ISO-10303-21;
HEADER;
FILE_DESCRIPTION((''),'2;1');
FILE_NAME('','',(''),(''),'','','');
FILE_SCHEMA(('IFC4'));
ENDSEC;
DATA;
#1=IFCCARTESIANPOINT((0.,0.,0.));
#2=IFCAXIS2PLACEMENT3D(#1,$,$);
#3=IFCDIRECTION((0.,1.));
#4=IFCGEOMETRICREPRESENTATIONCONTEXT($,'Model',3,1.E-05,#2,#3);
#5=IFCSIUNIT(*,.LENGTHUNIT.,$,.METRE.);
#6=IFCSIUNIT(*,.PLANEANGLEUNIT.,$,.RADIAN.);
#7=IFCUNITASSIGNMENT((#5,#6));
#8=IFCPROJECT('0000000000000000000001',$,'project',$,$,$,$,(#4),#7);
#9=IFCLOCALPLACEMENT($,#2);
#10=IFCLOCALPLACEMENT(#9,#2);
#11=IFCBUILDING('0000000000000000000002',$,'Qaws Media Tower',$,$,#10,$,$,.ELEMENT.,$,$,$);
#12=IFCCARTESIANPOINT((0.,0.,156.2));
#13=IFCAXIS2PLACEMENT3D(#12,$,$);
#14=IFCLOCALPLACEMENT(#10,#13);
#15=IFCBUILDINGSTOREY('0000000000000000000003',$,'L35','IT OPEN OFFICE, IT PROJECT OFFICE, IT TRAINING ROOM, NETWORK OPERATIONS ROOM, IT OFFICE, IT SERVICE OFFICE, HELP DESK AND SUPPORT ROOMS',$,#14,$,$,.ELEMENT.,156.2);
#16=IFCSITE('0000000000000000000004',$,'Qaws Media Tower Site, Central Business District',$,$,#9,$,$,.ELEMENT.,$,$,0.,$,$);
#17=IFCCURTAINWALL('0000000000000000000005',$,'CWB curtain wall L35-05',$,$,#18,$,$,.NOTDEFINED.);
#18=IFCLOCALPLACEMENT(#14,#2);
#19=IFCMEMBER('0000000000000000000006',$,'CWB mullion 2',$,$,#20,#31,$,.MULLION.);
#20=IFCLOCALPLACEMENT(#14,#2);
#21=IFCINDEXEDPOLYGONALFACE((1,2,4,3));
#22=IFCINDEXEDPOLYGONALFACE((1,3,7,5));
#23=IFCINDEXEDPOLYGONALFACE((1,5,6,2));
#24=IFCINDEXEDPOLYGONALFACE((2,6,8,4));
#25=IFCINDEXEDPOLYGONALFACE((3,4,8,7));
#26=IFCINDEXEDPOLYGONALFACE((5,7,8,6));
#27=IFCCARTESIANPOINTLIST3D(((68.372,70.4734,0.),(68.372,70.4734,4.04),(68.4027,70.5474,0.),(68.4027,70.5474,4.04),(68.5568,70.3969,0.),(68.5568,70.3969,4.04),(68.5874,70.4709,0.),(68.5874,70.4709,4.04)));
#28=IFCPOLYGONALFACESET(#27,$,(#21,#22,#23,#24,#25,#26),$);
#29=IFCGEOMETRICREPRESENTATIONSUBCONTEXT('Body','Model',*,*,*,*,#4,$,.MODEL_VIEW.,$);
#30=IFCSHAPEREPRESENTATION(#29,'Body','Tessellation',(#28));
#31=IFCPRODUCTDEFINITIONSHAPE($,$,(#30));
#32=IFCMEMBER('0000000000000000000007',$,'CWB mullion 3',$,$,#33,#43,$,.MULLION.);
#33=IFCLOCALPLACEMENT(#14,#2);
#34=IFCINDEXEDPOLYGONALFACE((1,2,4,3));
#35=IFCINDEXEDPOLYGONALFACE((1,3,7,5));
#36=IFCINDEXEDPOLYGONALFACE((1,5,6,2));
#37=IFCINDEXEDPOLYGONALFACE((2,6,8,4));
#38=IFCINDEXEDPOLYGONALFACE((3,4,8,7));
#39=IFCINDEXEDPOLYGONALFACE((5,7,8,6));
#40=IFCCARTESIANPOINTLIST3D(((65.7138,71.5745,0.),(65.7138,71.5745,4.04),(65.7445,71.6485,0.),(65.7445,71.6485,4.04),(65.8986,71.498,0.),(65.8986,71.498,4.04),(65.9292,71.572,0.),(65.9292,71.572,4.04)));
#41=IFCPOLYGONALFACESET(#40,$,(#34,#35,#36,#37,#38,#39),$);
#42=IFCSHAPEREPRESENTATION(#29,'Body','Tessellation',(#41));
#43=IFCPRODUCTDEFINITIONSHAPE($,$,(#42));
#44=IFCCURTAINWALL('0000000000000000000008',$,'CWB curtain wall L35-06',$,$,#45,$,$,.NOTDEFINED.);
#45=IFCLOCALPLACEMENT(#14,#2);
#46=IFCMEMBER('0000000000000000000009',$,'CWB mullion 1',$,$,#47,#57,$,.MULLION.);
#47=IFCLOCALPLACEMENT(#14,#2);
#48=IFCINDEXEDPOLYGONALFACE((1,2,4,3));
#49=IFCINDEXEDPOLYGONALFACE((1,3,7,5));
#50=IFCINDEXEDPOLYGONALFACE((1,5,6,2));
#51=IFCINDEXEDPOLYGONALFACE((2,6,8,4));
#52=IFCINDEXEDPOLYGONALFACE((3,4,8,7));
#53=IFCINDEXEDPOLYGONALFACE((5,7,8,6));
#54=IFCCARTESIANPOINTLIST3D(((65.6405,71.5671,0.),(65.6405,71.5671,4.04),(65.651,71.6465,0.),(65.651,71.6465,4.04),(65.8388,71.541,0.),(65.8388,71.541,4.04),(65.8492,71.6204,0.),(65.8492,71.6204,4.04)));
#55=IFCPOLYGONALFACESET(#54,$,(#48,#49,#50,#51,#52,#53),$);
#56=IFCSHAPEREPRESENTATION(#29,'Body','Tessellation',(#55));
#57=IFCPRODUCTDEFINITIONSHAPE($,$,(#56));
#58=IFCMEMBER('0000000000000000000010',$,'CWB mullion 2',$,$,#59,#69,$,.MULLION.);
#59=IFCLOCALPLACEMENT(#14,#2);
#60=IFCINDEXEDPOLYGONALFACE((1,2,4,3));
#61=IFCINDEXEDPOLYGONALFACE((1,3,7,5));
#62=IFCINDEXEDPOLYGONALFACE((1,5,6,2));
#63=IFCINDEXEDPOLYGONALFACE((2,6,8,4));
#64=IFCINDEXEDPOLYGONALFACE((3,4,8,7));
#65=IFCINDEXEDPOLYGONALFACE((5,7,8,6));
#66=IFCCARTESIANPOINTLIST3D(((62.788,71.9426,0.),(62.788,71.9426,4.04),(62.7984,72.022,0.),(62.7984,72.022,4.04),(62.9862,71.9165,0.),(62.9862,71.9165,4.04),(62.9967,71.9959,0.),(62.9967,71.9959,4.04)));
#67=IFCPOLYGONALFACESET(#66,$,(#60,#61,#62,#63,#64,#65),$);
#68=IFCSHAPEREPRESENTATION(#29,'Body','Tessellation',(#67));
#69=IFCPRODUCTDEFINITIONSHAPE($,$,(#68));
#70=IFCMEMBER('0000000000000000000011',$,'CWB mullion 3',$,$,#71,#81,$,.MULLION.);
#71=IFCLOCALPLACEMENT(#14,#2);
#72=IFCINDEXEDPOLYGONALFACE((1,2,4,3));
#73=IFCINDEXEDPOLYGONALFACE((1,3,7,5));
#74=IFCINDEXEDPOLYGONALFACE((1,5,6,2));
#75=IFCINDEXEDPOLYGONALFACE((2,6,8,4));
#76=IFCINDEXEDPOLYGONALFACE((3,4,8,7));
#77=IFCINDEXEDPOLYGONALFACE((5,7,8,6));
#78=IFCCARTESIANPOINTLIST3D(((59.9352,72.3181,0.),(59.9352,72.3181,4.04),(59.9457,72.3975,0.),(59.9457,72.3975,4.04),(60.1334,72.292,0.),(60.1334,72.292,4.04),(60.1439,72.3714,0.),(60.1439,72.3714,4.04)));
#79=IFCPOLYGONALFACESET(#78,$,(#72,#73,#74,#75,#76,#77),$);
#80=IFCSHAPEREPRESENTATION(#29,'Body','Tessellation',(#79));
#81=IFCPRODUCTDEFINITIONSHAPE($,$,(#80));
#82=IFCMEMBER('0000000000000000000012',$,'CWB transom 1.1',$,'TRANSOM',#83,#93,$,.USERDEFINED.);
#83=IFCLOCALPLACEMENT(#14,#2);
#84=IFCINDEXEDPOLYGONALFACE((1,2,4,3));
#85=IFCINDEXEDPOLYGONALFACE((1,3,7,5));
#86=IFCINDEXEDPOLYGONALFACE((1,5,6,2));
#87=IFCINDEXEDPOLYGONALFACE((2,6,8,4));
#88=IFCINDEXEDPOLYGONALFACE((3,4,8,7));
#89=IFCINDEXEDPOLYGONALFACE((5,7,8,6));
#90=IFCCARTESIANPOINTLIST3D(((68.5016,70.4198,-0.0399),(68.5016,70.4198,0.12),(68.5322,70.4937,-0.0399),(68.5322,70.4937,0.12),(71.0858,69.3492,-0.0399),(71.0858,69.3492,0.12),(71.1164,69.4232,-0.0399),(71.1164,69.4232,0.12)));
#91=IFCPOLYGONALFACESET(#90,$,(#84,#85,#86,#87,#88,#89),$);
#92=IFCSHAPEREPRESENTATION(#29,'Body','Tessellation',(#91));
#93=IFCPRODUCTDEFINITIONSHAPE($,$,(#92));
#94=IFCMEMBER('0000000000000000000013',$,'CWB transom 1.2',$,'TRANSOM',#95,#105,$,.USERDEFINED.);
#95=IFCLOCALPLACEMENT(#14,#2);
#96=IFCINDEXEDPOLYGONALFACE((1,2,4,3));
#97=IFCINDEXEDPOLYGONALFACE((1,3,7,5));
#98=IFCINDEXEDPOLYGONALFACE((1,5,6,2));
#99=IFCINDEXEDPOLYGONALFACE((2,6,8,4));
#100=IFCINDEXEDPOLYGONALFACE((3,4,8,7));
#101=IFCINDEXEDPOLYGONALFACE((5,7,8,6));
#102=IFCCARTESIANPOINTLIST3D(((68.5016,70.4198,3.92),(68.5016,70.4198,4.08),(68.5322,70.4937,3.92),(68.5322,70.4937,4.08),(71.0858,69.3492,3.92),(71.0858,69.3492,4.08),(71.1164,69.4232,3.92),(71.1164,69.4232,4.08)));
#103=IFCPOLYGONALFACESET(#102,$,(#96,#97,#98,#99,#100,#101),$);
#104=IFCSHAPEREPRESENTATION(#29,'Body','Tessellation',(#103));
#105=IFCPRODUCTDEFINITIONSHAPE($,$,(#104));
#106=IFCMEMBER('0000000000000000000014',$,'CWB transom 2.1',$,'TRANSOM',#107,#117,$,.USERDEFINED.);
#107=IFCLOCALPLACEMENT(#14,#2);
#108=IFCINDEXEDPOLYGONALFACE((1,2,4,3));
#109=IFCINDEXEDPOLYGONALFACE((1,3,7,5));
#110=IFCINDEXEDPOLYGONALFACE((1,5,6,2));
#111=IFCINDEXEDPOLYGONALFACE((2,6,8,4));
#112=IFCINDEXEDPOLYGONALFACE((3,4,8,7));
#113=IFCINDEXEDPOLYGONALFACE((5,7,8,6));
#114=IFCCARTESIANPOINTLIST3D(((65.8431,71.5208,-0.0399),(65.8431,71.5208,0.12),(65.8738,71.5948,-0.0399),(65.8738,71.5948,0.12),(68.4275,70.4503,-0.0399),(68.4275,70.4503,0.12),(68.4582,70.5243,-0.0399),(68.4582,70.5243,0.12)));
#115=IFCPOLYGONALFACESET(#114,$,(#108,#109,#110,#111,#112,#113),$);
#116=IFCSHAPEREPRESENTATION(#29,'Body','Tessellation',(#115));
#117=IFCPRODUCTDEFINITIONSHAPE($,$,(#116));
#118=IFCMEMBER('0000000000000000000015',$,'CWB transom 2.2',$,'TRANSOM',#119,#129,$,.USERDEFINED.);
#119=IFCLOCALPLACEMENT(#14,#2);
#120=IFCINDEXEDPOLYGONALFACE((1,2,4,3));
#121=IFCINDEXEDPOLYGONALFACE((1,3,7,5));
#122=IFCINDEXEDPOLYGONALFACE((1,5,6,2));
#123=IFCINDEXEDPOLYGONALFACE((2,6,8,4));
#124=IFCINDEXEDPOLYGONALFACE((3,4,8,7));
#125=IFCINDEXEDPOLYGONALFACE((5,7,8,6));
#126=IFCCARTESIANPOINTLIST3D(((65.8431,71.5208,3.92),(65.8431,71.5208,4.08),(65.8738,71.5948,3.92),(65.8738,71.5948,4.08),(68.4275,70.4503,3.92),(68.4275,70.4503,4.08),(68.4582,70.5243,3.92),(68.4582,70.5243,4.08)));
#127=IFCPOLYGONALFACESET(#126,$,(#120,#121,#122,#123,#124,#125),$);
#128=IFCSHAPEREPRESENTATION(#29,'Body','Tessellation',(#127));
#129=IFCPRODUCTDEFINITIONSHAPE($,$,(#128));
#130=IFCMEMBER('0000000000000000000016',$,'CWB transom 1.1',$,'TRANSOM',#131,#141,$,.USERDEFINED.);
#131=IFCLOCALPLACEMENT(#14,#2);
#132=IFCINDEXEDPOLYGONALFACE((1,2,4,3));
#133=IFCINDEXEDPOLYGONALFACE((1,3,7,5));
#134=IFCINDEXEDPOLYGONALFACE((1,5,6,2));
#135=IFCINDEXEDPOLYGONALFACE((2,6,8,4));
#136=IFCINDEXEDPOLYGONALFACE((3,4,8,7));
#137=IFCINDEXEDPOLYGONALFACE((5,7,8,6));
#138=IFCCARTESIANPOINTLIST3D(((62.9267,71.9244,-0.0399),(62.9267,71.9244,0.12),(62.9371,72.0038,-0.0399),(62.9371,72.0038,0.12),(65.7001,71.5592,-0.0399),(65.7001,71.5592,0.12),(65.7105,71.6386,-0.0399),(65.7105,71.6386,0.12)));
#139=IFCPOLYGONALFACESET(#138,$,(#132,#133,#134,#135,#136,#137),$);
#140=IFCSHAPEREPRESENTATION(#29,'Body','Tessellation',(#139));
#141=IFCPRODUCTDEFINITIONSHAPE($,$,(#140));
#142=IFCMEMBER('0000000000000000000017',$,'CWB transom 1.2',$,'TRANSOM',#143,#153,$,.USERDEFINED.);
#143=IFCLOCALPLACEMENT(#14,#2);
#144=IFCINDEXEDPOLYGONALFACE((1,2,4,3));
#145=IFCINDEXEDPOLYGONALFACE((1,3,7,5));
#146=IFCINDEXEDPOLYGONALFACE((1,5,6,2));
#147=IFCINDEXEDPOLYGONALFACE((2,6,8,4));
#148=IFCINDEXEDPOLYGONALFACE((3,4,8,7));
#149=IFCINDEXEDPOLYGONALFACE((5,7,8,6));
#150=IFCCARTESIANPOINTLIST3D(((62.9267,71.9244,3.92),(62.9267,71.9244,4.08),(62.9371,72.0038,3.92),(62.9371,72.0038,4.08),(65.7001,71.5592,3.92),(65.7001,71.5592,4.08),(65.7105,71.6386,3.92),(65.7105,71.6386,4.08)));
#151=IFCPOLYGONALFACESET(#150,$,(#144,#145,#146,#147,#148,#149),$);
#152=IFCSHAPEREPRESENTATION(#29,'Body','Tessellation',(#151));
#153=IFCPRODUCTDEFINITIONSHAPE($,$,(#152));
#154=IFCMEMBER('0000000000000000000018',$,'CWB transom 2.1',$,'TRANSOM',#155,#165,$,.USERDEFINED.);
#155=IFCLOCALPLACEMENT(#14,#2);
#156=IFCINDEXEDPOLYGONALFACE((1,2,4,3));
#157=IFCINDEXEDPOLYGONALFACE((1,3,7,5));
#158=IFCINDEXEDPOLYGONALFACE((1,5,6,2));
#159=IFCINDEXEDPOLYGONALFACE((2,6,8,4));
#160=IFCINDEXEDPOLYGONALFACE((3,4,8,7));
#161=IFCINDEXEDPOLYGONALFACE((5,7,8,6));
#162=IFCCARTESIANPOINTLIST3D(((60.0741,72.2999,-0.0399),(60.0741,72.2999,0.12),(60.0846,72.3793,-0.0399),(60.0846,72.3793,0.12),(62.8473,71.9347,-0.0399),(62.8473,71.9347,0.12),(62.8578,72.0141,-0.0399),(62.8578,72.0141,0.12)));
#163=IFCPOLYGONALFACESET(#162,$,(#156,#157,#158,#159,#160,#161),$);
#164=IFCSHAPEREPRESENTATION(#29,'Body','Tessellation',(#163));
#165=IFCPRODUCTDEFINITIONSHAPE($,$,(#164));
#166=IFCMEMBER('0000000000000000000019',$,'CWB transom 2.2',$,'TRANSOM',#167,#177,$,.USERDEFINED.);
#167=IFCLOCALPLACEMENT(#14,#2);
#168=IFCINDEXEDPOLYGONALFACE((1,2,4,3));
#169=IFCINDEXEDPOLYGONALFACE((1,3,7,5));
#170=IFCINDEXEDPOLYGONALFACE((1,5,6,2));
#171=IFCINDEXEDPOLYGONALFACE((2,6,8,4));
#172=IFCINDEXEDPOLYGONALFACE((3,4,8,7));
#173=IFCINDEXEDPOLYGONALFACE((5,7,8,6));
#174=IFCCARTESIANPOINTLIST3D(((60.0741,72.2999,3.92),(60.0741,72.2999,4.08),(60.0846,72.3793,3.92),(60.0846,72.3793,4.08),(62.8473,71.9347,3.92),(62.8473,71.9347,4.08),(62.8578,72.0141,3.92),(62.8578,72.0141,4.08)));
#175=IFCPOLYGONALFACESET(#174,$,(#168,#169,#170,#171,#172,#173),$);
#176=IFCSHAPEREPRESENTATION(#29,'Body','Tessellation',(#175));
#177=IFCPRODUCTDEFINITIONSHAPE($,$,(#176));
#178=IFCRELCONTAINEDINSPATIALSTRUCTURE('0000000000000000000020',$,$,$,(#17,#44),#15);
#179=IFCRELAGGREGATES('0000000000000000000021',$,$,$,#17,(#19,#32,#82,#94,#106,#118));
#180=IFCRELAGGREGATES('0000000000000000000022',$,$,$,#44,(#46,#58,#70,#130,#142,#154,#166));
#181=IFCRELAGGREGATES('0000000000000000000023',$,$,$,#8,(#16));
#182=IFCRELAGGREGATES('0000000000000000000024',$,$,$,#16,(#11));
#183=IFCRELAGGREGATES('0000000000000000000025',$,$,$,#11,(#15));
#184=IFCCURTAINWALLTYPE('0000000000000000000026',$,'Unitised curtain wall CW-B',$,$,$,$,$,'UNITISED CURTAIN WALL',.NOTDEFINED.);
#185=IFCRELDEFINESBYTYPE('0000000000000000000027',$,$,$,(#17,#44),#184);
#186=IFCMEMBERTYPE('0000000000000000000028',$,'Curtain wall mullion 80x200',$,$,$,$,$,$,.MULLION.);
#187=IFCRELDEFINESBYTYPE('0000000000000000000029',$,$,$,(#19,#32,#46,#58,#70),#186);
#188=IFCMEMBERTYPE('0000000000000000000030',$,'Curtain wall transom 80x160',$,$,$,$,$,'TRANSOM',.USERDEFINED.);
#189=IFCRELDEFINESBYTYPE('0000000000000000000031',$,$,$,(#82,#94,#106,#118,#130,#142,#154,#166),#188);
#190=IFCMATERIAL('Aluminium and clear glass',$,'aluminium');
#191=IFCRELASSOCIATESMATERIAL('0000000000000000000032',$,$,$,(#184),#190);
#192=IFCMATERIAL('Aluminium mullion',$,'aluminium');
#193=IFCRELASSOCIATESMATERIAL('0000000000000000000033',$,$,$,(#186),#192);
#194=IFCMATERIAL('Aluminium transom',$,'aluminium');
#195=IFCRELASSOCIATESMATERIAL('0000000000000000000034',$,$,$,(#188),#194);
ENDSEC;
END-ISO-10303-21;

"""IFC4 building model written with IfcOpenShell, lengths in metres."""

from ifc_helpers import new_model, si_unit, direction, frame, origin, origin_2d, place, context, subcontext, project, spatial, rectangle, extrude, material, material_profile, profile_set, type_object, element, aggregate, save


model = new_model("IFC4")

# Units and contexts
model_context = context("Model", 3, precision=1e-05, world=origin(), true_north=direction((0.0, 1.0)))
body_context = subcontext(model_context, "Body", "Model", "MODEL_VIEW")
ifc_project = project(units=[si_unit("LENGTHUNIT", "METRE"), si_unit("PLANEANGLEUNIT", "RADIAN")], contexts=[model_context])

# Site, building, storey
site_placement = place(None, origin())
site = spatial("IfcSite", under=ifc_project, at=site_placement, Name="Qaws Media Tower Site, Central Business District", CompositionType="ELEMENT", RefElevation=0.0)
building_placement = place(site_placement, origin())
building = spatial("IfcBuilding", under=site, at=building_placement, Name="Qaws Media Tower", CompositionType="ELEMENT")
storey_placement = place(building_placement, frame((0.0, 0.0, 156.2)))
storey = spatial("IfcBuildingStorey", under=building, at=storey_placement, Name="L35", Description="IT OPEN OFFICE, IT PROJECT OFFICE, IT TRAINING ROOM, NETWORK OPERATIONS ROOM, IT OFFICE, IT SERVICE OFFICE, HELP DESK AND SUPPORT ROOMS", CompositionType="ELEMENT", Elevation=156.2)

# Curtain walls, members
ifc_material_1 = material(Name="Aluminium and clear glass", Category="aluminium")
curtain_wall_type = type_object("IfcCurtainWallType", Name="Unitised curtain wall CW-B", ElementType="UNITISED CURTAIN WALL", PredefinedType="NOTDEFINED", material=ifc_material_1)
curtain_wall_1_placement = place(storey_placement, origin())
curtain_wall_1 = element("IfcCurtainWall", 1, at=curtain_wall_1_placement, inside=storey, type_object=curtain_wall_type, Name="CWB curtain wall L35-05", PredefinedType="NOTDEFINED")
ifc_material_2 = material(Name="Aluminium mullion", Category="aluminium")
ifc_material_profile_1 = material_profile(ifc_material_2, rectangle(XDim=0.0801, YDim=0.2, at=origin_2d()), Name="80x200")
ifc_profile_set_1 = profile_set([ifc_material_profile_1], Name="Aluminium mullion")
member_type_1 = type_object("IfcMemberType", Name="Curtain wall mullion 80x200", PredefinedType="MULLION", material=ifc_profile_set_1)
member_1_placement = place(storey_placement, frame((68.4797, 70.4722, 0.0), z_axis=(0.0, 0.0, 1.0), x_axis=(-0.382683, -0.92388, 0.0)))
member_1 = element("IfcMember", 2, at=member_1_placement, type_object=member_type_1, Name="CWB mullion 2", PredefinedType="MULLION", context=body_context, shape_type="SweptSolid", body=[
    extrude(rectangle(XDim=0.0801, YDim=0.2, at=origin_2d()), origin(), (0.0, 0.0, 1.0), 4.04),
])
member_2_placement = place(storey_placement, frame((65.8215, 71.5732, 0.0), z_axis=(0.0, 0.0, 1.0), x_axis=(-0.382683, -0.92388, 0.0)))
member_2 = element("IfcMember", 3, at=member_2_placement, type_object=member_type_1, Name="CWB mullion 3", PredefinedType="MULLION", context=body_context, shape_type="SweptSolid", body=[
    extrude(rectangle(XDim=0.0801, YDim=0.2, at=origin_2d()), origin(), (0.0, 0.0, 1.0), 4.04),
])
curtain_wall_2_placement = place(storey_placement, origin())
curtain_wall_2 = element("IfcCurtainWall", 4, at=curtain_wall_2_placement, inside=storey, type_object=curtain_wall_type, Name="CWB curtain wall L35-06", PredefinedType="NOTDEFINED")
member_3_placement = place(storey_placement, frame((65.7449, 71.5938, 0.0), z_axis=(0.0, 0.0, 1.0), x_axis=(-0.130526, -0.991445, 0.0)))
member_3 = element("IfcMember", 5, at=member_3_placement, type_object=member_type_1, Name="CWB mullion 1", PredefinedType="MULLION", context=body_context, shape_type="SweptSolid", body=[
    extrude(rectangle(XDim=0.0801, YDim=0.2, at=origin_2d()), origin(), (0.0, 0.0, 1.0), 4.04),
])
member_4_placement = place(storey_placement, frame((62.8923, 71.9692, 0.0), z_axis=(0.0, 0.0, 1.0), x_axis=(-0.130526, -0.991445, 0.0)))
member_4 = element("IfcMember", 6, at=member_4_placement, type_object=member_type_1, Name="CWB mullion 2", PredefinedType="MULLION", context=body_context, shape_type="SweptSolid", body=[
    extrude(rectangle(XDim=0.0801, YDim=0.2, at=origin_2d()), origin(), (0.0, 0.0, 1.0), 4.04),
])
member_5_placement = place(storey_placement, frame((60.0396, 72.3447, 0.0), z_axis=(0.0, 0.0, 1.0), x_axis=(-0.130526, -0.991445, 0.0)))
member_5 = element("IfcMember", 7, at=member_5_placement, type_object=member_type_1, Name="CWB mullion 3", PredefinedType="MULLION", context=body_context, shape_type="SweptSolid", body=[
    extrude(rectangle(XDim=0.0801, YDim=0.2, at=origin_2d()), origin(), (0.0, 0.0, 1.0), 4.04),
])

# Members
ifc_material_3 = material(Name="Aluminium transom", Category="aluminium")
ifc_material_profile_2 = material_profile(ifc_material_3, rectangle(XDim=0.0801, YDim=0.1599, at=origin_2d()), Name="80x160")
ifc_profile_set_2 = profile_set([ifc_material_profile_2], Name="Aluminium transom")
member_type_2 = type_object("IfcMemberType", Name="Curtain wall transom 80x160", ElementType="TRANSOM", PredefinedType="USERDEFINED", material=ifc_profile_set_2)
member_6_placement = place(storey_placement, frame((71.1011, 69.3862, 0.04), z_axis=(-0.923863, 0.382724, 0.0), x_axis=(-0.382724, -0.923863, 0.0)))
member_6 = element("IfcMember", 8, at=member_6_placement, type_object=member_type_2, Name="CWB transom 1.1", ObjectType="TRANSOM", PredefinedType="USERDEFINED", context=body_context, shape_type="SweptSolid", body=[
    extrude(rectangle(XDim=0.0801, YDim=0.1599, at=origin_2d()), origin(), (0.0, 0.0, 1.0), 2.7971),
])
member_7_placement = place(storey_placement, frame((71.1011, 69.3862, 4.0), z_axis=(-0.923863, 0.382724, 0.0), x_axis=(-0.382724, -0.923863, 0.0)))
member_7 = element("IfcMember", 9, at=member_7_placement, type_object=member_type_2, Name="CWB transom 1.2", ObjectType="TRANSOM", PredefinedType="USERDEFINED", context=body_context, shape_type="SweptSolid", body=[
    extrude(rectangle(XDim=0.0801, YDim=0.1599, at=origin_2d()), origin(), (0.0, 0.0, 1.0), 2.7971),
])
member_8_placement = place(storey_placement, frame((68.4429, 70.4873, 0.04), z_axis=(-0.923875, 0.382694, 0.0), x_axis=(-0.382694, -0.923875, 0.0)))
member_8 = element("IfcMember", 10, at=member_8_placement, type_object=member_type_2, Name="CWB transom 2.1", ObjectType="TRANSOM", PredefinedType="USERDEFINED", context=body_context, shape_type="SweptSolid", body=[
    extrude(rectangle(XDim=0.0801, YDim=0.1599, at=origin_2d()), origin(), (0.0, 0.0, 1.0), 2.7974),
])
member_9_placement = place(storey_placement, frame((68.4429, 70.4873, 4.0), z_axis=(-0.923875, 0.382694, 0.0), x_axis=(-0.382694, -0.923875, 0.0)))
member_9 = element("IfcMember", 11, at=member_9_placement, type_object=member_type_2, Name="CWB transom 2.2", ObjectType="TRANSOM", PredefinedType="USERDEFINED", context=body_context, shape_type="SweptSolid", body=[
    extrude(rectangle(XDim=0.0801, YDim=0.1599, at=origin_2d()), origin(), (0.0, 0.0, 1.0), 2.7974),
])
member_10_placement = place(storey_placement, frame((65.7053, 71.5989, 0.04), z_axis=(-0.99144, 0.130563, 0.0), x_axis=(-0.130563, -0.99144, 0.0)))
member_10 = element("IfcMember", 12, at=member_10_placement, type_object=member_type_2, Name="CWB transom 1.1", ObjectType="TRANSOM", PredefinedType="USERDEFINED", context=body_context, shape_type="SweptSolid", body=[
    extrude(rectangle(XDim=0.0801, YDim=0.1599, at=origin_2d()), origin(), (0.0, 0.0, 1.0), 2.7974),
])
member_11_placement = place(storey_placement, frame((65.7053, 71.5989, 4.0), z_axis=(-0.99144, 0.130563, 0.0), x_axis=(-0.130563, -0.99144, 0.0)))
member_11 = element("IfcMember", 13, at=member_11_placement, type_object=member_type_2, Name="CWB transom 1.2", ObjectType="TRANSOM", PredefinedType="USERDEFINED", context=body_context, shape_type="SweptSolid", body=[
    extrude(rectangle(XDim=0.0801, YDim=0.1599, at=origin_2d()), origin(), (0.0, 0.0, 1.0), 2.7974),
])
member_12_placement = place(storey_placement, frame((62.8525, 71.9744, 0.04), z_axis=(-0.991439, 0.130574, 0.0), x_axis=(-0.130574, -0.991439, 0.0)))
member_12 = element("IfcMember", 14, at=member_12_placement, type_object=member_type_2, Name="CWB transom 2.1", ObjectType="TRANSOM", PredefinedType="USERDEFINED", context=body_context, shape_type="SweptSolid", body=[
    extrude(rectangle(XDim=0.0801, YDim=0.1599, at=origin_2d()), origin(), (0.0, 0.0, 1.0), 2.7971),
])
member_13_placement = place(storey_placement, frame((62.8525, 71.9744, 4.0), z_axis=(-0.991439, 0.130574, 0.0), x_axis=(-0.130574, -0.991439, 0.0)))
member_13 = element("IfcMember", 15, at=member_13_placement, type_object=member_type_2, Name="CWB transom 2.2", ObjectType="TRANSOM", PredefinedType="USERDEFINED", context=body_context, shape_type="SweptSolid", body=[
    extrude(rectangle(XDim=0.0801, YDim=0.1599, at=origin_2d()), origin(), (0.0, 0.0, 1.0), 2.7971),
])

aggregate(curtain_wall_1, [member_1, member_2, member_6, member_7, member_8, member_9])
aggregate(curtain_wall_2, [member_3, member_4, member_5, member_10, member_11, member_12, member_13])

save(model, "model.ifc")
